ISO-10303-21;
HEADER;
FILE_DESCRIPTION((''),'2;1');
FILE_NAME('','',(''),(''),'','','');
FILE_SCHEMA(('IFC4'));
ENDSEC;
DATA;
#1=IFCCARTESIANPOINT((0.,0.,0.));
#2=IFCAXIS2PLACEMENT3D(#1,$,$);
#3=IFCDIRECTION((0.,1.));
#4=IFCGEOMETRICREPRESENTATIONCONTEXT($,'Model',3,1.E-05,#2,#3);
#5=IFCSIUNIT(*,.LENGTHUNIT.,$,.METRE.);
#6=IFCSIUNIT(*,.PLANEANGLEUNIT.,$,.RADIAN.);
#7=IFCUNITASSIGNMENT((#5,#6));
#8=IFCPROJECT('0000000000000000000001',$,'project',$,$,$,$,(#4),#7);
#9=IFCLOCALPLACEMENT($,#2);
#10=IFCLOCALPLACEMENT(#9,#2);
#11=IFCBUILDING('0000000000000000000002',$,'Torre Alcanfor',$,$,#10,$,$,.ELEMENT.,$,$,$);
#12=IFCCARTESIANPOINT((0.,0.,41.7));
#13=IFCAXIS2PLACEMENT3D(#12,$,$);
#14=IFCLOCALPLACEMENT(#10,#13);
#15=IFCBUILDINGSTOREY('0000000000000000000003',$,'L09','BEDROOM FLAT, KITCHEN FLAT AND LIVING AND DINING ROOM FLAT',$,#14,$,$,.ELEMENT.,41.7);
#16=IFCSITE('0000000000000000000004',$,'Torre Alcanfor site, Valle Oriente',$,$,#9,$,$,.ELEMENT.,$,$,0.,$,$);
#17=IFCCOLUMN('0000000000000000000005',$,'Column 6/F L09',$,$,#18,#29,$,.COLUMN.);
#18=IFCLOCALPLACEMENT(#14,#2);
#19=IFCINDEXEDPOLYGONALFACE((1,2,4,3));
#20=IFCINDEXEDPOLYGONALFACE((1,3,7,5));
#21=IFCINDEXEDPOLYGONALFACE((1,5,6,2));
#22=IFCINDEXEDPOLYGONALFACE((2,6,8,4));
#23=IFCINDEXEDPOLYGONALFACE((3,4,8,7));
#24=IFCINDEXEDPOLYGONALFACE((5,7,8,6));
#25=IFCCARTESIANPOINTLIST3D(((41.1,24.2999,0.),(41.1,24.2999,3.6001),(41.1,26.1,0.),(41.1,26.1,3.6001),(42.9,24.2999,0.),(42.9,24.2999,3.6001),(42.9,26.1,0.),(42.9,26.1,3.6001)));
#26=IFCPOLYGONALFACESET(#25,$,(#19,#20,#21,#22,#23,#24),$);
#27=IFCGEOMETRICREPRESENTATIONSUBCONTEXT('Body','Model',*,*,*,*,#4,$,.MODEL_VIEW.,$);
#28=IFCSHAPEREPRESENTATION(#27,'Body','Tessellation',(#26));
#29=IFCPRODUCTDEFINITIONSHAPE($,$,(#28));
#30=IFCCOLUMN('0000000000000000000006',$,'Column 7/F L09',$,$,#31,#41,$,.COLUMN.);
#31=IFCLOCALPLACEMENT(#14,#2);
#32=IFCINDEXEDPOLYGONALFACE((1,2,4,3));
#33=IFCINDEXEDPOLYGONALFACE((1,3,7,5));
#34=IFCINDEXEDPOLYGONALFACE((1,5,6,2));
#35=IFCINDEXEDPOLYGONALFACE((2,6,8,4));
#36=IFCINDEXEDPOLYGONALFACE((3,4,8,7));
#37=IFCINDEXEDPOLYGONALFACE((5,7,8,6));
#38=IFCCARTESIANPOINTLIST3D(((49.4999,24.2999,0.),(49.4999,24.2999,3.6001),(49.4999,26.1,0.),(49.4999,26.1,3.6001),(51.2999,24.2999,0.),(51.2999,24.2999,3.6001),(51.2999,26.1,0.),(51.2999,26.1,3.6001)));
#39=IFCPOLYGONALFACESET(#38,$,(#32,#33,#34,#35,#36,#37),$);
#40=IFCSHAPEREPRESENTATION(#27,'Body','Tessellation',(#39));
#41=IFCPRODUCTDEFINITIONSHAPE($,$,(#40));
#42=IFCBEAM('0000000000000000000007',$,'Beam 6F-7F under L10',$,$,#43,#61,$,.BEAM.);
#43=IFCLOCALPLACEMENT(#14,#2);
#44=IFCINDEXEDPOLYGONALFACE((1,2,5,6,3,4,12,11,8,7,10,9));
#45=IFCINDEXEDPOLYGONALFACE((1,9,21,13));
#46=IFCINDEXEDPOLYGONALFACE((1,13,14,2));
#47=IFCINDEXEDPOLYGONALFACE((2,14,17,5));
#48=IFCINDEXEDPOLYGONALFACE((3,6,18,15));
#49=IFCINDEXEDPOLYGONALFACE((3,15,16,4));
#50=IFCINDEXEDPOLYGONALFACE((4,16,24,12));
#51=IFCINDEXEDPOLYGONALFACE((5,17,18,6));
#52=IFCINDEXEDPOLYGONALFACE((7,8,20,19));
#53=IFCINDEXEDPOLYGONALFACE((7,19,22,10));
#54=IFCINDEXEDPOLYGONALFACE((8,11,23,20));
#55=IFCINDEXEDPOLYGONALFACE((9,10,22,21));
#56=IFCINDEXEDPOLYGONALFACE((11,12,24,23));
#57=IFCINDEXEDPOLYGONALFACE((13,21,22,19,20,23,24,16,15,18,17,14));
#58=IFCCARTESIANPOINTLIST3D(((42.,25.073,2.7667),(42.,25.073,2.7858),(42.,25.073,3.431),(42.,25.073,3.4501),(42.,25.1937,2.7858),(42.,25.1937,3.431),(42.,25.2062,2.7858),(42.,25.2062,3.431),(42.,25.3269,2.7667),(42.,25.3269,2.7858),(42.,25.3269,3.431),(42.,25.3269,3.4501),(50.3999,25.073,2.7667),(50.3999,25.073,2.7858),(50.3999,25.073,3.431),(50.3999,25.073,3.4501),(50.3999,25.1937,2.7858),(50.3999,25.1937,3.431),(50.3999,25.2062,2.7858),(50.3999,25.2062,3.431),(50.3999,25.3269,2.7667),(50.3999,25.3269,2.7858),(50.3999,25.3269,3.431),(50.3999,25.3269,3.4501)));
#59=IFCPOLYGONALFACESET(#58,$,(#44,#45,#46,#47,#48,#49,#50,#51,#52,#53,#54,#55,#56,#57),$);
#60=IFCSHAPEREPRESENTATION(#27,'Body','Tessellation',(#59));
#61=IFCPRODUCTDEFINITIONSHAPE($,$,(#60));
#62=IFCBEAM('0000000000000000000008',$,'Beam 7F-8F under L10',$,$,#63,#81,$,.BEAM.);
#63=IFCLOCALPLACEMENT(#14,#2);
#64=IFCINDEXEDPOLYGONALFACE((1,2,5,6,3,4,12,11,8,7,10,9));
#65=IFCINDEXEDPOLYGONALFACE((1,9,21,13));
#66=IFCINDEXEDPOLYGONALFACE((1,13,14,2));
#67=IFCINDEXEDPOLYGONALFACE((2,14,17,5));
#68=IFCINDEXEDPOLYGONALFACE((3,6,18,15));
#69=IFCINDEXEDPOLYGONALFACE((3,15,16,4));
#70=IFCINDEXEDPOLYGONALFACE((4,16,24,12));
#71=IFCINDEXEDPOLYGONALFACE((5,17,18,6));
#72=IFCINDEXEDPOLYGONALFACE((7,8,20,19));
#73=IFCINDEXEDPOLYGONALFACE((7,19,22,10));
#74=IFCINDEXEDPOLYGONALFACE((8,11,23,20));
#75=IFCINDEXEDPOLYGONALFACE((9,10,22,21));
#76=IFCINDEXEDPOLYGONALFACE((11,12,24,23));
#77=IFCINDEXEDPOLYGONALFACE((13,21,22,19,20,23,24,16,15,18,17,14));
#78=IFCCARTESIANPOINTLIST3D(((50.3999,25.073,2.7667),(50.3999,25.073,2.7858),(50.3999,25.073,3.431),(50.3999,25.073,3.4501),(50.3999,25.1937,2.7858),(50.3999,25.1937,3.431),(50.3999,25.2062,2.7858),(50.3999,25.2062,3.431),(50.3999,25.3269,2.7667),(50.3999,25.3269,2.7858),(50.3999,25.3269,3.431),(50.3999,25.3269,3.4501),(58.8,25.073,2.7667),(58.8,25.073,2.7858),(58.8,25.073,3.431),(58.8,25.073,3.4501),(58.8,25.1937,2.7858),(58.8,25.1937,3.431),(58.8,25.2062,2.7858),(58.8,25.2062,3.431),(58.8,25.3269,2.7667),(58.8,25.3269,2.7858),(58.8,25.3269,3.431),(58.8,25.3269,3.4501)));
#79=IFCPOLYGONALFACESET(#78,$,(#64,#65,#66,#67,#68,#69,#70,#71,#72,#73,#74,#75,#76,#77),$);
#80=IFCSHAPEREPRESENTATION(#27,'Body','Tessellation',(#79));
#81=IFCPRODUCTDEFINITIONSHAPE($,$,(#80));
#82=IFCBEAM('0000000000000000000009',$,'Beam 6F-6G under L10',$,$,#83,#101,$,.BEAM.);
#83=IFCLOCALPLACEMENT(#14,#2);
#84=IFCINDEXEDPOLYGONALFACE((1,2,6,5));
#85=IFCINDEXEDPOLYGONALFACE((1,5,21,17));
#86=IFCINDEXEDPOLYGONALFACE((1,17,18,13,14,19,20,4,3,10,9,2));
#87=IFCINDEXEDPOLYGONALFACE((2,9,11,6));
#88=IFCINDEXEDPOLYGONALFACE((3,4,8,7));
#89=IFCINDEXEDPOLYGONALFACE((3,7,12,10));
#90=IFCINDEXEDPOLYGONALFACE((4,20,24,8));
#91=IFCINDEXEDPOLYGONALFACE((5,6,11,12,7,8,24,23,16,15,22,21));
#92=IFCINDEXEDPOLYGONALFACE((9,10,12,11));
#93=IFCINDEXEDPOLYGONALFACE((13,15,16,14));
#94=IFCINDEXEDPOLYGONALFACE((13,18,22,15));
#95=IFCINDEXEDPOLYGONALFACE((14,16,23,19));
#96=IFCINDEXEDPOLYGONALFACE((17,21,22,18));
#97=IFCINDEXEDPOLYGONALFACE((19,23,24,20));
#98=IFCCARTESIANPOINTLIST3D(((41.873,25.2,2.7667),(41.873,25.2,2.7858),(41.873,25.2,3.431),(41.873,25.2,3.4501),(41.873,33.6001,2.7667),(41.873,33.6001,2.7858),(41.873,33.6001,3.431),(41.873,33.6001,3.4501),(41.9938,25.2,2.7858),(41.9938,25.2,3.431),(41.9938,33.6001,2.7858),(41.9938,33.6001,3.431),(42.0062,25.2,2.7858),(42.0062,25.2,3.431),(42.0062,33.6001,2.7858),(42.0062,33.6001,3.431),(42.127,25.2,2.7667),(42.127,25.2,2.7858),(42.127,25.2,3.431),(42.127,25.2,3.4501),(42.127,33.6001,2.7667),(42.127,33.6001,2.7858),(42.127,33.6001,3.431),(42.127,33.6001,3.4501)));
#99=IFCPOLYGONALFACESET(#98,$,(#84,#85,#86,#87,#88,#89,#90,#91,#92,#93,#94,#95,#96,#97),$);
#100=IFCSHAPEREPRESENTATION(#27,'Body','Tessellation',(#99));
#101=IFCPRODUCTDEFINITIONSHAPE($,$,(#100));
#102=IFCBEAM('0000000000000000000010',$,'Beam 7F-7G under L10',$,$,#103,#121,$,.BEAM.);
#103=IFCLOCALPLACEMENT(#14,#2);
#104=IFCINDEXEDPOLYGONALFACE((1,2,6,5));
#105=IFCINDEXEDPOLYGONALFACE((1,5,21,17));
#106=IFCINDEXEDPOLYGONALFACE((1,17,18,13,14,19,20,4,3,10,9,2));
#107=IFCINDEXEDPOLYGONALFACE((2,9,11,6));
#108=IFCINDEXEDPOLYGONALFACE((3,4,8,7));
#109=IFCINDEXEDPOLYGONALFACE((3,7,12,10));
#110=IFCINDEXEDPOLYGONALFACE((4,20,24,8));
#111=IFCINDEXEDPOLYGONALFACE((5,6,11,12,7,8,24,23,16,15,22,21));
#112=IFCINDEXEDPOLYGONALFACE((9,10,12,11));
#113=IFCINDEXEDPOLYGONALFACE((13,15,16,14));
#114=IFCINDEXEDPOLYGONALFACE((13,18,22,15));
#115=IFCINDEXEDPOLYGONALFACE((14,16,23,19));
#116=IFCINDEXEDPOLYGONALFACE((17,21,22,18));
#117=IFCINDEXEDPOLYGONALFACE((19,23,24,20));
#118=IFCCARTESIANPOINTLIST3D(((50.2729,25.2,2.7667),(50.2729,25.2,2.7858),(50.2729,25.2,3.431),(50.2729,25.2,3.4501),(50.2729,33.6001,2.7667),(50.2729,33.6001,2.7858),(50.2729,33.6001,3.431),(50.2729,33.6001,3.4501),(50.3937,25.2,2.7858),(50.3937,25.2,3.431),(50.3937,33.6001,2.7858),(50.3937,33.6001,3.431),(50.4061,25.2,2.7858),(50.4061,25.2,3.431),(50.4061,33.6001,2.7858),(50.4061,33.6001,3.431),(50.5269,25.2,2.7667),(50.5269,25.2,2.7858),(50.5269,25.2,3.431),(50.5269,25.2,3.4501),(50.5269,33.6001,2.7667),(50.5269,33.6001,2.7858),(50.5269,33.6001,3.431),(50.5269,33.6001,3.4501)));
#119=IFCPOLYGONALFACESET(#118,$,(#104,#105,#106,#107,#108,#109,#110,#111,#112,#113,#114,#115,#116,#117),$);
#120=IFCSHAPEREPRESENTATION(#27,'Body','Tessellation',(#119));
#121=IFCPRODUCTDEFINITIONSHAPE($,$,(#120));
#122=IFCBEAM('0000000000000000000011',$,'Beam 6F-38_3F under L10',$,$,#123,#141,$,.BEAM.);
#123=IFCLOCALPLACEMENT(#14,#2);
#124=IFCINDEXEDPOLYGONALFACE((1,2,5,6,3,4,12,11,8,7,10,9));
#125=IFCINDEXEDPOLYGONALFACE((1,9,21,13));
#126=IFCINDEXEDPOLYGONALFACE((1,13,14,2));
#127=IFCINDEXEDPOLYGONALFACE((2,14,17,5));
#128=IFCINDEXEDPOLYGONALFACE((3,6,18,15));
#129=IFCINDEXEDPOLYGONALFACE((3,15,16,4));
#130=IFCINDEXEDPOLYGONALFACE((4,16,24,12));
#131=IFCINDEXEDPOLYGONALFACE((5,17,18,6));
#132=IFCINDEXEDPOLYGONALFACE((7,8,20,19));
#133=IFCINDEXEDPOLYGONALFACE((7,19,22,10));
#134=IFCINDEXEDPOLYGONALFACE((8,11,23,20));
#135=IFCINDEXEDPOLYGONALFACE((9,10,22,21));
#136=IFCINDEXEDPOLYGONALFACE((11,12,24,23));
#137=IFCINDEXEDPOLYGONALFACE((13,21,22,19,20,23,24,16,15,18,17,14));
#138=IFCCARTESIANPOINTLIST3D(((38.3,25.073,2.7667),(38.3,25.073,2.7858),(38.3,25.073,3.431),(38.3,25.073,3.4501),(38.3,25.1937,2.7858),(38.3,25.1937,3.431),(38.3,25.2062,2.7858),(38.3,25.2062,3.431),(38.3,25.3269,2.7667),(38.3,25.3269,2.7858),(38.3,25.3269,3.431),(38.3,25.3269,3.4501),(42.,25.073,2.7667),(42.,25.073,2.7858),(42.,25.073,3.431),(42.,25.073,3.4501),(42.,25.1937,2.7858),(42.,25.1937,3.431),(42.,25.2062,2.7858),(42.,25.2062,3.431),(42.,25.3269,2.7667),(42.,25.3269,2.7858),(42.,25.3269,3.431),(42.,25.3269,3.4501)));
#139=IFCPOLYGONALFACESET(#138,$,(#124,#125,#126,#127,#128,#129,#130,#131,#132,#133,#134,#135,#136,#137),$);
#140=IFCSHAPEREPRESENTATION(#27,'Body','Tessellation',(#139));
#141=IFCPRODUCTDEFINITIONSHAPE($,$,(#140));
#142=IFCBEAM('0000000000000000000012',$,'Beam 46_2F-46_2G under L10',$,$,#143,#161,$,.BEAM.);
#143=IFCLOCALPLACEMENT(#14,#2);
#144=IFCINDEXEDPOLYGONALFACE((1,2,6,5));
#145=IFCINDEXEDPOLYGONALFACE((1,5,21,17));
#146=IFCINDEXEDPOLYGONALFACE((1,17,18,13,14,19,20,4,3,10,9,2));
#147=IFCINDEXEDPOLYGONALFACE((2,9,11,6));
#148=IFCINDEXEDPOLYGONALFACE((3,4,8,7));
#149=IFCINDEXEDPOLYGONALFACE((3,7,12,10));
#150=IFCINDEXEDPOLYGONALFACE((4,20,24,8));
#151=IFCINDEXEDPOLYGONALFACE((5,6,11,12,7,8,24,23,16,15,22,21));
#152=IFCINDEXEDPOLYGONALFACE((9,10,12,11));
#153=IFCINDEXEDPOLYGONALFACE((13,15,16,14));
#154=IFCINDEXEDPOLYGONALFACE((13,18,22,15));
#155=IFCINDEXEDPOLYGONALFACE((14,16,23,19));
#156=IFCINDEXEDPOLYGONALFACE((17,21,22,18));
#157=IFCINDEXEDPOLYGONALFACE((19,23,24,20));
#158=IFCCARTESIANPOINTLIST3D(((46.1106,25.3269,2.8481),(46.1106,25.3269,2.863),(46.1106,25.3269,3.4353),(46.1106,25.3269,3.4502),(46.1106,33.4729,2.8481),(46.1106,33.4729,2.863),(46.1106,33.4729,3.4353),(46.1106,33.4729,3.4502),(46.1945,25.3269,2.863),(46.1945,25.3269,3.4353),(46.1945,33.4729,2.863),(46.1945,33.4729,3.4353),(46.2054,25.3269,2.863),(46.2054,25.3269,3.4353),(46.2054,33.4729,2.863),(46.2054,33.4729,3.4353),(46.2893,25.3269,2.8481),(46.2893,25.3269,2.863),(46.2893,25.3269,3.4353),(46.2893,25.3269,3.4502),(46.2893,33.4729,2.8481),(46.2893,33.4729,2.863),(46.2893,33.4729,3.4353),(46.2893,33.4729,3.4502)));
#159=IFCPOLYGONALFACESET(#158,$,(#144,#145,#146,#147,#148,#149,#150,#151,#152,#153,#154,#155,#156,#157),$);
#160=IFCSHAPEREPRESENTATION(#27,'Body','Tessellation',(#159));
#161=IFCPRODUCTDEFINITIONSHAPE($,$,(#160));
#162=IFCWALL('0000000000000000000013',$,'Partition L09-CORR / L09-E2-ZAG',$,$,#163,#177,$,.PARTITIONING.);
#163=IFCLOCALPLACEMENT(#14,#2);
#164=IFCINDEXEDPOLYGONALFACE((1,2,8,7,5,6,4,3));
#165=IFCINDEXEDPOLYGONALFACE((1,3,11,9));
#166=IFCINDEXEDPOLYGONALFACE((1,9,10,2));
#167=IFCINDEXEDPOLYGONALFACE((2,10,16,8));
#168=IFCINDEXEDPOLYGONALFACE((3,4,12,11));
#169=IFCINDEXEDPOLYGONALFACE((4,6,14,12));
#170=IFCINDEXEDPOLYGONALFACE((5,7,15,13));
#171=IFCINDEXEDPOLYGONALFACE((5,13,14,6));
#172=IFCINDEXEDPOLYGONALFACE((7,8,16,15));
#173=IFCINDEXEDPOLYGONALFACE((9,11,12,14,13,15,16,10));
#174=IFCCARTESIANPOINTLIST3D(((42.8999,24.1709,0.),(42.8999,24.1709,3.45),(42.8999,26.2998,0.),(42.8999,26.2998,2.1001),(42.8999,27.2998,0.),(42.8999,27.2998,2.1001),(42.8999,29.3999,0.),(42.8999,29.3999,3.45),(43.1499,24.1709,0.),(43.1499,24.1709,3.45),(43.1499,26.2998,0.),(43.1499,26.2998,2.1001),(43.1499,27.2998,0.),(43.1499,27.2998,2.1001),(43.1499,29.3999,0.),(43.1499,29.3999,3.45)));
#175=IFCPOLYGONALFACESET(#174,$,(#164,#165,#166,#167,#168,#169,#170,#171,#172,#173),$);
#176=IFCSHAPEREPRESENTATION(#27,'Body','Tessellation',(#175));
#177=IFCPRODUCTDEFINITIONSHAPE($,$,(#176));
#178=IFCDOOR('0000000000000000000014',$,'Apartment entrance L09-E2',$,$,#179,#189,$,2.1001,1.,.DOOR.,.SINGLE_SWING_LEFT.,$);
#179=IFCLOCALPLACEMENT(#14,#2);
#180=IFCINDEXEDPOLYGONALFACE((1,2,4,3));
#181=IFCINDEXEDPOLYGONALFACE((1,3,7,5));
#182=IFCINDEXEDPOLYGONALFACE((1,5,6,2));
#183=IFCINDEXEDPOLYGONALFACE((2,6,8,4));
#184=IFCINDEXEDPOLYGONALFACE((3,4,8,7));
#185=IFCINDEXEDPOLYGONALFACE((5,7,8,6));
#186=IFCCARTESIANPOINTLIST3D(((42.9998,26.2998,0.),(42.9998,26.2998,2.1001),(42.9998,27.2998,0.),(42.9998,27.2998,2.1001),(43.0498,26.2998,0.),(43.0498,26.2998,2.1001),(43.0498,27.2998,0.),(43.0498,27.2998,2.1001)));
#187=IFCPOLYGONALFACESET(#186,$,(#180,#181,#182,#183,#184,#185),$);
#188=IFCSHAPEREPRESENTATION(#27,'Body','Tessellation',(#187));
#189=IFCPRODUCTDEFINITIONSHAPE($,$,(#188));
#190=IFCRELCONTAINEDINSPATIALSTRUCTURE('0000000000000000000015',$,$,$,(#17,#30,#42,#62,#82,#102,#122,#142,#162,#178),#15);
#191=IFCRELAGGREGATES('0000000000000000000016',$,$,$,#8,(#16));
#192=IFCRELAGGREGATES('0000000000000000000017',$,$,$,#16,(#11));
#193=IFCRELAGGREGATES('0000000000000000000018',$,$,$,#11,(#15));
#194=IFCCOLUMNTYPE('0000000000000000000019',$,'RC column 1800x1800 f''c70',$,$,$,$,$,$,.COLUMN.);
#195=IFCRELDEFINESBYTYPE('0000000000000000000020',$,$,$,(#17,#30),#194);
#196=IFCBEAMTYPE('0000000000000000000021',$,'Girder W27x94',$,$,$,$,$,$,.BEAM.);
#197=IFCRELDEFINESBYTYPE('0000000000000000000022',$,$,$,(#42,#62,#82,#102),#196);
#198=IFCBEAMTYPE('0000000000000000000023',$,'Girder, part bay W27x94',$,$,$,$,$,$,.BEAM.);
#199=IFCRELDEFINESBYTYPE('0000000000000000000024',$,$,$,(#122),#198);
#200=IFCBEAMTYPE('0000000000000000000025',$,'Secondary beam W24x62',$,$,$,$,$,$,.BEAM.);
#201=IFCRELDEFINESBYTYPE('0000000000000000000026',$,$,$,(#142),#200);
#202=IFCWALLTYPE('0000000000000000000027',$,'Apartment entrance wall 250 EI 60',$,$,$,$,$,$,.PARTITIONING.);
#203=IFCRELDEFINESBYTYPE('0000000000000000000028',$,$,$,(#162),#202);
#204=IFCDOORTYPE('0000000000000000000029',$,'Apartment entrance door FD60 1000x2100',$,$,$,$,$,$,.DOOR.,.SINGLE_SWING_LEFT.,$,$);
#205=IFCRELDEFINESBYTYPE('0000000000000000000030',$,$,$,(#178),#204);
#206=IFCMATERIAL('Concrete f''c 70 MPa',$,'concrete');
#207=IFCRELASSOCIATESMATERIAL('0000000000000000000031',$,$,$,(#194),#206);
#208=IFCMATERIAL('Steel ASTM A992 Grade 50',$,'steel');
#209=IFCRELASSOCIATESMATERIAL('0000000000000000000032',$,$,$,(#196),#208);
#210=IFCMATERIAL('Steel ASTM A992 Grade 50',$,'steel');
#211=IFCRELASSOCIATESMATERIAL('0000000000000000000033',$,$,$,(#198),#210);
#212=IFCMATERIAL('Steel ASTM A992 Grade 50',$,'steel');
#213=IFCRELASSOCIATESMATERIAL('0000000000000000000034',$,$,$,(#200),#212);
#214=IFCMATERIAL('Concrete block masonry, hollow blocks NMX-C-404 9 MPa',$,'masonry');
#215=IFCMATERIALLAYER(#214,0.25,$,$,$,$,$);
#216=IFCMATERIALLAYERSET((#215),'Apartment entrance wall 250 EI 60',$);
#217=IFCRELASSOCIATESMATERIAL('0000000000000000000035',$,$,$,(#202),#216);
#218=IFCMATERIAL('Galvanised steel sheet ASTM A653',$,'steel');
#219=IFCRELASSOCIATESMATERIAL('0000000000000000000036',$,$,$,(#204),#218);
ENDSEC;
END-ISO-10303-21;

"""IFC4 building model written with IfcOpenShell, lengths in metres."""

from ifc_helpers import new_model, si_unit, direction, frame, frame_2d, origin, origin_2d, place, context, subcontext, project, spatial, rectangle, i_section, extrude, material, layer, layer_set, material_profile, profile_set, type_object, element, fill, save


model = new_model("IFC4")

# Units and contexts
model_context = context("Model", 3, precision=1e-05, world=origin(), true_north=direction((0.0, 1.0)))
body_context = subcontext(model_context, "Body", "Model", "MODEL_VIEW")
ifc_project = project(units=[si_unit("LENGTHUNIT", "METRE"), si_unit("PLANEANGLEUNIT", "RADIAN")], contexts=[model_context])

# Site, building, storey
site_placement = place(None, origin())
site = spatial("IfcSite", under=ifc_project, at=site_placement, Name="Torre Alcanfor site, Valle Oriente", CompositionType="ELEMENT", RefElevation=0.0)
building_placement = place(site_placement, origin())
building = spatial("IfcBuilding", under=site, at=building_placement, Name="Torre Alcanfor", CompositionType="ELEMENT")
storey_placement = place(building_placement, frame((0.0, 0.0, 41.7)))
storey = spatial("IfcBuildingStorey", under=building, at=storey_placement, Name="L09", Description="BEDROOM FLAT, KITCHEN FLAT AND LIVING AND DINING ROOM FLAT", CompositionType="ELEMENT", Elevation=41.7)

# Columns
ifc_material_1 = material(Name="Concrete f'c 70 MPa", Category="concrete")
ifc_material_profile_1 = material_profile(ifc_material_1, rectangle(XDim=1.8, YDim=1.8, at=origin_2d()), Name="1800x1800")
ifc_profile_set_1 = profile_set([ifc_material_profile_1], Name="Concrete f'c 70 MPa")
column_type = type_object("IfcColumnType", Name="RC column 1800x1800 f'c70", PredefinedType="COLUMN", material=ifc_profile_set_1)
for number, where, z_axis, x_axis, name in (
    (1, (42.0, 25.2, 0.0), (0.0, 0.0, 1.0), (1.0, 0.0, 0.0), "Column 6/F L09"),
    (2, (50.3999, 25.2, 0.0), (0.0, 0.0, 1.0), (1.0, 0.0, 0.0), "Column 7/F L09"),
):
    element("IfcColumn", number, at=place(storey_placement, frame(where, z_axis=z_axis, x_axis=x_axis)), inside=storey, type_object=column_type, Name=name, PredefinedType="COLUMN", context=body_context, shape_type="SweptSolid", body=[
        extrude(rectangle(XDim=1.8, YDim=1.8, at=origin_2d()), origin(), (0.0, 0.0, 1.0), 3.6001),
    ])

# Beams
ifc_material_2 = material(Name="Steel ASTM A992 Grade 50", Category="steel")
ifc_material_profile_2 = material_profile(ifc_material_2, i_section(OverallWidth=0.2539, OverallDepth=0.6833, WebThickness=0.0125, FlangeThickness=0.019, at=origin_2d()), Name="W27x94")
ifc_profile_set_2 = profile_set([ifc_material_profile_2], Name="Steel ASTM A992 Grade 50")
beam_type_1 = type_object("IfcBeamType", Name="Girder W27x94", PredefinedType="BEAM", material=ifc_profile_set_2)
beam_1_placement = place(storey_placement, frame((42.0, 25.2, 3.1084), z_axis=(1.0, 0.0, 0.0), x_axis=(0.0, 1.0, 0.0)))
element("IfcBeam", 3, at=beam_1_placement, inside=storey, type_object=beam_type_1, Name="Beam 6F-7F under L10", PredefinedType="BEAM", context=body_context, shape_type="SweptSolid", body=[
    extrude(i_section(OverallWidth=0.2539, OverallDepth=0.6833, WebThickness=0.0125, FlangeThickness=0.019, at=origin_2d()), origin(), (0.0, 0.0, 1.0), 8.3999),
])
for number, where, z_axis, x_axis, name in (
    (4, (50.3999, 25.2, 3.1084), (1.0, 0.0, 0.0), (0.0, 1.0, 0.0), "Beam 7F-8F under L10"),
    (5, (42.0, 25.2, 3.1084), (0.0, 1.0, 0.0), (-1.0, 0.0, 0.0), "Beam 6F-6G under L10"),
    (6, (50.3999, 25.2, 3.1084), (0.0, 1.0, 0.0), (-1.0, 0.0, 0.0), "Beam 7F-7G under L10"),
):
    element("IfcBeam", number, at=place(storey_placement, frame(where, z_axis=z_axis, x_axis=x_axis)), inside=storey, type_object=beam_type_1, Name=name, PredefinedType="BEAM", context=body_context, shape_type="SweptSolid", body=[
        extrude(i_section(OverallWidth=0.2539, OverallDepth=0.6833, WebThickness=0.0125, FlangeThickness=0.019, at=origin_2d()), origin(), (0.0, 0.0, 1.0), 8.4001),
    ])
ifc_material_3 = material(Name="Steel ASTM A992 Grade 50", Category="steel")
ifc_material_profile_3 = material_profile(ifc_material_3, i_section(OverallWidth=0.2539, OverallDepth=0.6833, WebThickness=0.0125, FlangeThickness=0.019, at=origin_2d()), Name="W27x94")
ifc_profile_set_3 = profile_set([ifc_material_profile_3], Name="Steel ASTM A992 Grade 50")
beam_type_2 = type_object("IfcBeamType", Name="Girder, part bay W27x94", PredefinedType="BEAM", material=ifc_profile_set_3)
beam_2_placement = place(storey_placement, frame((42.0, 25.2, 3.1084), z_axis=(-1.0, 0.0, 0.0), x_axis=(0.0, -1.0, 0.0)))
element("IfcBeam", 7, at=beam_2_placement, inside=storey, type_object=beam_type_2, Name="Beam 6F-38_3F under L10", PredefinedType="BEAM", context=body_context, shape_type="SweptSolid", body=[
    extrude(i_section(OverallWidth=0.2539, OverallDepth=0.6833, WebThickness=0.0125, FlangeThickness=0.019, at=origin_2d()), origin(), (0.0, 0.0, 1.0), 3.7),
])
ifc_material_4 = material(Name="Steel ASTM A992 Grade 50", Category="steel")
ifc_material_profile_4 = material_profile(ifc_material_4, i_section(OverallWidth=0.1787, OverallDepth=0.6021, WebThickness=0.011, FlangeThickness=0.0149, at=origin_2d()), Name="W24x62")
ifc_profile_set_4 = profile_set([ifc_material_profile_4], Name="Steel ASTM A992 Grade 50")
beam_type_3 = type_object("IfcBeamType", Name="Secondary beam W24x62", PredefinedType="BEAM", material=ifc_profile_set_4)
beam_3_placement = place(storey_placement, frame((46.2, 25.3269, 3.1492), z_axis=(0.0, 1.0, 0.0), x_axis=(-1.0, 0.0, 0.0)))
element("IfcBeam", 8, at=beam_3_placement, inside=storey, type_object=beam_type_3, Name="Beam 46_2F-46_2G under L10", PredefinedType="BEAM", context=body_context, shape_type="SweptSolid", body=[
    extrude(i_section(OverallWidth=0.1787, OverallDepth=0.6021, WebThickness=0.011, FlangeThickness=0.0149, at=origin_2d()), origin(), (0.0, 0.0, 1.0), 8.146),
])

# Wall, opening, door
ifc_material_5 = material(Name="Concrete block masonry, hollow blocks NMX-C-404 9 MPa", Category="masonry")
ifc_layer_1 = layer(ifc_material_5, 0.25)
ifc_layer_set_1 = layer_set([ifc_layer_1], Name="Apartment entrance wall 250 EI 60")
wall_type_1 = type_object("IfcWallType", Name="Apartment entrance wall 250 EI 60", PredefinedType="PARTITIONING", material=ifc_layer_set_1)
wall_1_placement = place(storey_placement, frame((43.0249, 29.3999, 0.0), z_axis=(0.0, 0.0, 1.0), x_axis=(0.0, -1.0, 0.0)))
wall_1 = element("IfcWall", 9, at=wall_1_placement, inside=storey, type_object=wall_type_1, Name="Partition L09-CORR / L09-E2-ZAG", PredefinedType="PARTITIONING", context=body_context, shape_type="SweptSolid", body=[
    extrude(rectangle(XDim=5.229, YDim=0.25, at=frame_2d((2.6145, 0.0))), origin(), (0.0, 0.0, 1.0), 3.45),
])
opening_placement = place(wall_1_placement, frame((2.1001, 0.0, 0.0)))
opening = element("IfcOpeningElement", 10, at=opening_placement, cuts=wall_1, PredefinedType="OPENING", context=body_context, shape_type="SweptSolid", body=[
    extrude(rectangle(XDim=1.0, YDim=2.1001, at=frame_2d((0.5, 1.05))), frame((0.0, 0.135, 0.0), z_axis=(0.0, -1.0, 0.0), x_axis=(1.0, 0.0, 0.0)), (0.0, 0.0, 1.0), 0.27),
])
ifc_material_6 = material(Name="Galvanised steel sheet ASTM A653", Category="steel")
door_type = type_object("IfcDoorType", Name="Apartment entrance door FD60 1000x2100", OperationType="SINGLE_SWING_LEFT", PredefinedType="DOOR", material=ifc_material_6)
door_placement = place(opening_placement, origin())
door = element("IfcDoor", 11, at=door_placement, inside=storey, type_object=door_type, Name="Apartment entrance L09-E2", OperationType="SINGLE_SWING_LEFT", OverallHeight=2.1001, OverallWidth=1.0, PredefinedType="DOOR", context=body_context, shape_type="SweptSolid", body=[
    extrude(rectangle(XDim=1.0, YDim=2.1001, at=frame_2d((0.5, 1.05))), frame((0.0, 0.0249, 0.0), z_axis=(0.0, -1.0, 0.0), x_axis=(1.0, 0.0, 0.0)), (0.0, 0.0, 1.0), 0.05),
])
fill(opening, door)

save(model, "model.ifc")
